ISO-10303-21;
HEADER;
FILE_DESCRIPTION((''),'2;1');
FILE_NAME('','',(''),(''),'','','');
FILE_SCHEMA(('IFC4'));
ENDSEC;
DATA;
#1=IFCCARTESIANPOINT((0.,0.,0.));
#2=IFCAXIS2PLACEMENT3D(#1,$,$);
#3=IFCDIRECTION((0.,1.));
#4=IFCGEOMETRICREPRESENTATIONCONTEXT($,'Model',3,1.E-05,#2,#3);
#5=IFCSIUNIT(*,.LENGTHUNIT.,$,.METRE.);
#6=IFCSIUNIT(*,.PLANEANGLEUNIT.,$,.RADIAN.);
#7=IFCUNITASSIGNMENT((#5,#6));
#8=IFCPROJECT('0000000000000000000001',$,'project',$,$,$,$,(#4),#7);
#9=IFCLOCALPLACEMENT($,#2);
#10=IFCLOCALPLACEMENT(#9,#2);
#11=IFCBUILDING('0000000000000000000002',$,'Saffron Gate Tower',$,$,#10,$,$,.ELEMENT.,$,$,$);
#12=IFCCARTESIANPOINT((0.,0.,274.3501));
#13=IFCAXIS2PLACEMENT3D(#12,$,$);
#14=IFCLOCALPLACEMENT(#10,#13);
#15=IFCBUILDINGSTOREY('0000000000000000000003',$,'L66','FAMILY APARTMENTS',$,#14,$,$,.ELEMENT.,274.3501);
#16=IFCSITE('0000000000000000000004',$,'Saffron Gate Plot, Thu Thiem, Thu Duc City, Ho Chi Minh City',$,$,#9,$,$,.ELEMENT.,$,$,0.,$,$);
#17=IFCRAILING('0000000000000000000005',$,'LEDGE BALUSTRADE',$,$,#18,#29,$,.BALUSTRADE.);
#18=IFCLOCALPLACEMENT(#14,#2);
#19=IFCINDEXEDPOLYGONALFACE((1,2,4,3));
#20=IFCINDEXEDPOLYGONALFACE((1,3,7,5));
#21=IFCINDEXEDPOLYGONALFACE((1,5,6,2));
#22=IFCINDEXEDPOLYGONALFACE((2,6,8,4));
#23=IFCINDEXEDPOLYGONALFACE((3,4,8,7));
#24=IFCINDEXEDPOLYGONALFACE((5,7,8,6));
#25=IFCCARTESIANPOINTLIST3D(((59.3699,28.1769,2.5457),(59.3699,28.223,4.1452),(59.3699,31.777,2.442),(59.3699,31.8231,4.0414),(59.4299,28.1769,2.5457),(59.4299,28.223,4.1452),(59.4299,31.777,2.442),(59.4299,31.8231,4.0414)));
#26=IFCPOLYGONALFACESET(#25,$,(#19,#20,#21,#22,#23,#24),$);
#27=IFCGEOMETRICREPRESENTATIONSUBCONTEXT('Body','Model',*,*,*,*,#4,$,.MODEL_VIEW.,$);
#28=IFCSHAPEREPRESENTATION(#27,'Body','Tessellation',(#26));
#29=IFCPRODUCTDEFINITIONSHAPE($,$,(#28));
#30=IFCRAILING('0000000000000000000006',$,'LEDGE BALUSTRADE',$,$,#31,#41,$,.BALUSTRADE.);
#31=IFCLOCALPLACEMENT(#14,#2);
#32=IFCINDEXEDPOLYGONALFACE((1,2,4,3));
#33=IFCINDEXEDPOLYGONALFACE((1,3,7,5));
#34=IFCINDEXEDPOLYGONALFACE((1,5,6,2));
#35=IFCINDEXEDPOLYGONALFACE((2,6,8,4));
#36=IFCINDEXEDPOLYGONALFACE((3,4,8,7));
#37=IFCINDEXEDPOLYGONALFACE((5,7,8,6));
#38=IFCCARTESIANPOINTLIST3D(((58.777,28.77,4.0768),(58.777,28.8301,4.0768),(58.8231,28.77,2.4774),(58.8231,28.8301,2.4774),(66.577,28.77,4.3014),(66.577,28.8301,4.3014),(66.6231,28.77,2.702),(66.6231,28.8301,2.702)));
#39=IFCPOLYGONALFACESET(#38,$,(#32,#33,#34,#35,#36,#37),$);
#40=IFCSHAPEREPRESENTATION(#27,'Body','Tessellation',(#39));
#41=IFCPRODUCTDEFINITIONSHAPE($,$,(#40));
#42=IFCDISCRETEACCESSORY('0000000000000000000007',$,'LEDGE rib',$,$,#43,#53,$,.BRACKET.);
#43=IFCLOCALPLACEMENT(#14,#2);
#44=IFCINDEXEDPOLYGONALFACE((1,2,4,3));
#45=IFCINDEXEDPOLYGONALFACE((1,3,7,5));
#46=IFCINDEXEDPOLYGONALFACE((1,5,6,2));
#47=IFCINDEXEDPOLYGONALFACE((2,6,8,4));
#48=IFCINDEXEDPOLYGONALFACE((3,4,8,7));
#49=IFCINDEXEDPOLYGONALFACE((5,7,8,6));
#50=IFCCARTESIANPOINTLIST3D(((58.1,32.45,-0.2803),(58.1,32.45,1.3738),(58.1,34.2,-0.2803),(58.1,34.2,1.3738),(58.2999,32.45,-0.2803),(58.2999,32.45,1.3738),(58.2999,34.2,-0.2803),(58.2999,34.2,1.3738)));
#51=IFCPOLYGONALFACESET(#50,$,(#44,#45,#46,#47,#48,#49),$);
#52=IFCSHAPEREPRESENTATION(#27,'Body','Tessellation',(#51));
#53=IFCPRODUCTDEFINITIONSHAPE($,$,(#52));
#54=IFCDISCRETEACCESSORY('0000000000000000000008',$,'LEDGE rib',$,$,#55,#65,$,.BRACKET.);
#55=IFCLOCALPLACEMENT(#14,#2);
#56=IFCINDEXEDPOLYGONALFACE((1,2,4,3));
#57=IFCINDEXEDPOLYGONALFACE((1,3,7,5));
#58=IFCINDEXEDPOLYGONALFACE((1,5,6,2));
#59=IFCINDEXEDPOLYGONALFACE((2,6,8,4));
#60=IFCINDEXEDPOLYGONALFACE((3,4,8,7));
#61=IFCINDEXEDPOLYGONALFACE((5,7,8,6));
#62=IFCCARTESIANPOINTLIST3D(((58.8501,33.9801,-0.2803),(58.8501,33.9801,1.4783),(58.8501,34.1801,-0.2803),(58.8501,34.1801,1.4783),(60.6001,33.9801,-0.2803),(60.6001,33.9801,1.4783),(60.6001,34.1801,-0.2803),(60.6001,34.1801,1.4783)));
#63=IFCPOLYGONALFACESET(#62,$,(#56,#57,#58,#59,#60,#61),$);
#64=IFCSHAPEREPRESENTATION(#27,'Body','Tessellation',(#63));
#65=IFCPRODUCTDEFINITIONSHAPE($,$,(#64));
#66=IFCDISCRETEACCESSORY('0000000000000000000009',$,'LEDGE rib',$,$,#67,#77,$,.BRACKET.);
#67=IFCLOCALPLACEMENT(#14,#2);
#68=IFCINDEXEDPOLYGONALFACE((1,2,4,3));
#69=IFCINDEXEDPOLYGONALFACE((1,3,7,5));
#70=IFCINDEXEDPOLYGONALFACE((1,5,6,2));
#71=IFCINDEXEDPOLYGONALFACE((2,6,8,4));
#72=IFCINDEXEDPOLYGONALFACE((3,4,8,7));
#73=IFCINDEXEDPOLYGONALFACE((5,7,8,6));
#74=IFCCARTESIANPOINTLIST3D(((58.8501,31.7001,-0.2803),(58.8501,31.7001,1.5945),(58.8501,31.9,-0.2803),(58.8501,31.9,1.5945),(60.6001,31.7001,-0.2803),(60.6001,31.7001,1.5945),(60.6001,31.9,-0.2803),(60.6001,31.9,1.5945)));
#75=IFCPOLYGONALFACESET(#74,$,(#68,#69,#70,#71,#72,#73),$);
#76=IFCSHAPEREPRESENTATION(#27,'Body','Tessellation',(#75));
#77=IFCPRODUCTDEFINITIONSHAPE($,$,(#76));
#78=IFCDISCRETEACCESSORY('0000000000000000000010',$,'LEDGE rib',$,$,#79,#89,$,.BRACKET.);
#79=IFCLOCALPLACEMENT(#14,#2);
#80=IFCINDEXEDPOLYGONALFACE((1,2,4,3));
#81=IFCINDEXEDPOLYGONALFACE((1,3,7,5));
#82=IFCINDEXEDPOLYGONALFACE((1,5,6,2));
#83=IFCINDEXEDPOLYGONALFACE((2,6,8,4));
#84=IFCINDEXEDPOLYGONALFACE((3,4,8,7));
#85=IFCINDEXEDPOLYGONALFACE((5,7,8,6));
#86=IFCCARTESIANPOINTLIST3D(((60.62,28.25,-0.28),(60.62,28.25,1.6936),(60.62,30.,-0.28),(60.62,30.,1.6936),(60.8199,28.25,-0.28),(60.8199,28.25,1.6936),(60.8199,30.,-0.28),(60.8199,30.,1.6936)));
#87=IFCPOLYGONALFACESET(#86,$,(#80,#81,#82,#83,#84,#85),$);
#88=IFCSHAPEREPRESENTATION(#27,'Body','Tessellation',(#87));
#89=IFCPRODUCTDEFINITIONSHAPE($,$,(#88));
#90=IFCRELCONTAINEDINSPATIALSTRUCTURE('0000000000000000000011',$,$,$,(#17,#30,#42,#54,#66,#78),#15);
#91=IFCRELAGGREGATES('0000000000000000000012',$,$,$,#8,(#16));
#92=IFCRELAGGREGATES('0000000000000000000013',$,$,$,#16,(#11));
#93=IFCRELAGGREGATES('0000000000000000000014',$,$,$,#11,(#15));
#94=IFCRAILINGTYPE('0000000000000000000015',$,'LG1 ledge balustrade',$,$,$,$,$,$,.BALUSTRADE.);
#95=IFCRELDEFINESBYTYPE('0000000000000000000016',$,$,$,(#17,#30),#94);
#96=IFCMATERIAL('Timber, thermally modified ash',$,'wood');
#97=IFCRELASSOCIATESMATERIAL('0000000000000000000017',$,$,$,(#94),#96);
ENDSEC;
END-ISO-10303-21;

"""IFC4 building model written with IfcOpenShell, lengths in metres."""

from ifc_helpers import new_model, si_unit, direction, frame, origin, origin_2d, place, context, subcontext, project, spatial, rectangle, extrude, material, type_object, element, save


model = new_model("IFC4")

# Units and contexts
model_context = context("Model", 3, precision=1e-05, world=origin(), true_north=direction((0.0, 1.0)))
body_context = subcontext(model_context, "Body", "Model", "MODEL_VIEW")
ifc_project = project(units=[si_unit("LENGTHUNIT", "METRE"), si_unit("PLANEANGLEUNIT", "RADIAN")], contexts=[model_context])

# Site, building, storey
site_placement = place(None, origin())
site = spatial("IfcSite", under=ifc_project, at=site_placement, Name="Saffron Gate Plot, Thu Thiem, Thu Duc City, Ho Chi Minh City", CompositionType="ELEMENT", RefElevation=0.0)
building_placement = place(site_placement, origin())
building = spatial("IfcBuilding", under=site, at=building_placement, Name="Saffron Gate Tower", CompositionType="ELEMENT")
storey_placement = place(building_placement, frame((0.0, 0.0, 274.3501)))
storey = spatial("IfcBuildingStorey", under=building, at=storey_placement, Name="L66", Description="FAMILY APARTMENTS", CompositionType="ELEMENT", Elevation=274.3501)

# Shared definitions
ifc_material_1 = material(Name="Timber, thermally modified ash", Category="wood")

# Railings
railing_type = type_object("IfcRailingType", Name="LG1 ledge balustrade", PredefinedType="BALUSTRADE", material=ifc_material_1)
railing_1_placement = place(storey_placement, frame((59.3999, 31.8, 2.4417)))
element("IfcRailing", 1, at=railing_1_placement, inside=storey, type_object=railing_type, Name="LEDGE BALUSTRADE", PredefinedType="BALUSTRADE", context=body_context, shape_type="SweptSolid", body=[
    extrude(rectangle(XDim=0.0601, YDim=1.6001, at=origin_2d()), frame((0.0, 0.0, 0.8), z_axis=(0.0, -0.999585, 0.028809), x_axis=(1.0, 0.0, 0.0)), (0.0, 0.0, 1.0), 3.6016),
])
railing_2_placement = place(storey_placement, frame((58.8, 28.8, 2.4771)))
element("IfcRailing", 2, at=railing_2_placement, inside=storey, type_object=railing_type, Name="LEDGE BALUSTRADE", PredefinedType="BALUSTRADE", context=body_context, shape_type="SweptSolid", body=[
    extrude(rectangle(XDim=0.0601, YDim=1.6001, at=origin_2d()), frame((0.0, 0.0, 0.8), z_axis=(0.999586, 0.0, 0.028784), x_axis=(0.0, 1.0, 0.0)), (0.0, 0.0, 1.0), 7.8032),
])

# Discrete accessories
discrete_accessory_1_placement = place(storey_placement, frame((58.2, 33.325, -0.2803), z_axis=(0.0, 0.0, 1.0), x_axis=(1.0, 0.0, 0.0)))
element("IfcDiscreteAccessory", 3, at=discrete_accessory_1_placement, inside=storey, Name="LEDGE rib", PredefinedType="BRACKET", context=body_context, shape_type="SweptSolid", body=[
    extrude(rectangle(XDim=0.2, YDim=1.75, at=origin_2d()), origin(), (0.0, 0.0, 1.0), 1.6541),
])
discrete_accessory_2_placement = place(storey_placement, frame((59.7251, 34.0801, -0.2803), z_axis=(0.0, 0.0, 1.0), x_axis=(0.0, -1.0, 0.0)))
element("IfcDiscreteAccessory", 4, at=discrete_accessory_2_placement, inside=storey, Name="LEDGE rib", PredefinedType="BRACKET", context=body_context, shape_type="SweptSolid", body=[
    extrude(rectangle(XDim=0.2, YDim=1.75, at=origin_2d()), origin(), (0.0, 0.0, 1.0), 1.7585),
])
discrete_accessory_3_placement = place(storey_placement, frame((59.7251, 31.8, -0.2803), z_axis=(0.0, 0.0, 1.0), x_axis=(0.0, -1.0, 0.0)))
element("IfcDiscreteAccessory", 5, at=discrete_accessory_3_placement, inside=storey, Name="LEDGE rib", PredefinedType="BRACKET", context=body_context, shape_type="SweptSolid", body=[
    extrude(rectangle(XDim=0.2, YDim=1.75, at=origin_2d()), origin(), (0.0, 0.0, 1.0), 1.8748),
])
discrete_accessory_4_placement = place(storey_placement, frame((60.72, 29.125, -0.28), z_axis=(0.0, 0.0, 1.0), x_axis=(1.0, 0.0, 0.0)))
element("IfcDiscreteAccessory", 6, at=discrete_accessory_4_placement, inside=storey, Name="LEDGE rib", PredefinedType="BRACKET", context=body_context, shape_type="SweptSolid", body=[
    extrude(rectangle(XDim=0.2, YDim=1.75, at=origin_2d()), origin(), (0.0, 0.0, 1.0), 1.9736),
])

save(model, "model.ifc")
